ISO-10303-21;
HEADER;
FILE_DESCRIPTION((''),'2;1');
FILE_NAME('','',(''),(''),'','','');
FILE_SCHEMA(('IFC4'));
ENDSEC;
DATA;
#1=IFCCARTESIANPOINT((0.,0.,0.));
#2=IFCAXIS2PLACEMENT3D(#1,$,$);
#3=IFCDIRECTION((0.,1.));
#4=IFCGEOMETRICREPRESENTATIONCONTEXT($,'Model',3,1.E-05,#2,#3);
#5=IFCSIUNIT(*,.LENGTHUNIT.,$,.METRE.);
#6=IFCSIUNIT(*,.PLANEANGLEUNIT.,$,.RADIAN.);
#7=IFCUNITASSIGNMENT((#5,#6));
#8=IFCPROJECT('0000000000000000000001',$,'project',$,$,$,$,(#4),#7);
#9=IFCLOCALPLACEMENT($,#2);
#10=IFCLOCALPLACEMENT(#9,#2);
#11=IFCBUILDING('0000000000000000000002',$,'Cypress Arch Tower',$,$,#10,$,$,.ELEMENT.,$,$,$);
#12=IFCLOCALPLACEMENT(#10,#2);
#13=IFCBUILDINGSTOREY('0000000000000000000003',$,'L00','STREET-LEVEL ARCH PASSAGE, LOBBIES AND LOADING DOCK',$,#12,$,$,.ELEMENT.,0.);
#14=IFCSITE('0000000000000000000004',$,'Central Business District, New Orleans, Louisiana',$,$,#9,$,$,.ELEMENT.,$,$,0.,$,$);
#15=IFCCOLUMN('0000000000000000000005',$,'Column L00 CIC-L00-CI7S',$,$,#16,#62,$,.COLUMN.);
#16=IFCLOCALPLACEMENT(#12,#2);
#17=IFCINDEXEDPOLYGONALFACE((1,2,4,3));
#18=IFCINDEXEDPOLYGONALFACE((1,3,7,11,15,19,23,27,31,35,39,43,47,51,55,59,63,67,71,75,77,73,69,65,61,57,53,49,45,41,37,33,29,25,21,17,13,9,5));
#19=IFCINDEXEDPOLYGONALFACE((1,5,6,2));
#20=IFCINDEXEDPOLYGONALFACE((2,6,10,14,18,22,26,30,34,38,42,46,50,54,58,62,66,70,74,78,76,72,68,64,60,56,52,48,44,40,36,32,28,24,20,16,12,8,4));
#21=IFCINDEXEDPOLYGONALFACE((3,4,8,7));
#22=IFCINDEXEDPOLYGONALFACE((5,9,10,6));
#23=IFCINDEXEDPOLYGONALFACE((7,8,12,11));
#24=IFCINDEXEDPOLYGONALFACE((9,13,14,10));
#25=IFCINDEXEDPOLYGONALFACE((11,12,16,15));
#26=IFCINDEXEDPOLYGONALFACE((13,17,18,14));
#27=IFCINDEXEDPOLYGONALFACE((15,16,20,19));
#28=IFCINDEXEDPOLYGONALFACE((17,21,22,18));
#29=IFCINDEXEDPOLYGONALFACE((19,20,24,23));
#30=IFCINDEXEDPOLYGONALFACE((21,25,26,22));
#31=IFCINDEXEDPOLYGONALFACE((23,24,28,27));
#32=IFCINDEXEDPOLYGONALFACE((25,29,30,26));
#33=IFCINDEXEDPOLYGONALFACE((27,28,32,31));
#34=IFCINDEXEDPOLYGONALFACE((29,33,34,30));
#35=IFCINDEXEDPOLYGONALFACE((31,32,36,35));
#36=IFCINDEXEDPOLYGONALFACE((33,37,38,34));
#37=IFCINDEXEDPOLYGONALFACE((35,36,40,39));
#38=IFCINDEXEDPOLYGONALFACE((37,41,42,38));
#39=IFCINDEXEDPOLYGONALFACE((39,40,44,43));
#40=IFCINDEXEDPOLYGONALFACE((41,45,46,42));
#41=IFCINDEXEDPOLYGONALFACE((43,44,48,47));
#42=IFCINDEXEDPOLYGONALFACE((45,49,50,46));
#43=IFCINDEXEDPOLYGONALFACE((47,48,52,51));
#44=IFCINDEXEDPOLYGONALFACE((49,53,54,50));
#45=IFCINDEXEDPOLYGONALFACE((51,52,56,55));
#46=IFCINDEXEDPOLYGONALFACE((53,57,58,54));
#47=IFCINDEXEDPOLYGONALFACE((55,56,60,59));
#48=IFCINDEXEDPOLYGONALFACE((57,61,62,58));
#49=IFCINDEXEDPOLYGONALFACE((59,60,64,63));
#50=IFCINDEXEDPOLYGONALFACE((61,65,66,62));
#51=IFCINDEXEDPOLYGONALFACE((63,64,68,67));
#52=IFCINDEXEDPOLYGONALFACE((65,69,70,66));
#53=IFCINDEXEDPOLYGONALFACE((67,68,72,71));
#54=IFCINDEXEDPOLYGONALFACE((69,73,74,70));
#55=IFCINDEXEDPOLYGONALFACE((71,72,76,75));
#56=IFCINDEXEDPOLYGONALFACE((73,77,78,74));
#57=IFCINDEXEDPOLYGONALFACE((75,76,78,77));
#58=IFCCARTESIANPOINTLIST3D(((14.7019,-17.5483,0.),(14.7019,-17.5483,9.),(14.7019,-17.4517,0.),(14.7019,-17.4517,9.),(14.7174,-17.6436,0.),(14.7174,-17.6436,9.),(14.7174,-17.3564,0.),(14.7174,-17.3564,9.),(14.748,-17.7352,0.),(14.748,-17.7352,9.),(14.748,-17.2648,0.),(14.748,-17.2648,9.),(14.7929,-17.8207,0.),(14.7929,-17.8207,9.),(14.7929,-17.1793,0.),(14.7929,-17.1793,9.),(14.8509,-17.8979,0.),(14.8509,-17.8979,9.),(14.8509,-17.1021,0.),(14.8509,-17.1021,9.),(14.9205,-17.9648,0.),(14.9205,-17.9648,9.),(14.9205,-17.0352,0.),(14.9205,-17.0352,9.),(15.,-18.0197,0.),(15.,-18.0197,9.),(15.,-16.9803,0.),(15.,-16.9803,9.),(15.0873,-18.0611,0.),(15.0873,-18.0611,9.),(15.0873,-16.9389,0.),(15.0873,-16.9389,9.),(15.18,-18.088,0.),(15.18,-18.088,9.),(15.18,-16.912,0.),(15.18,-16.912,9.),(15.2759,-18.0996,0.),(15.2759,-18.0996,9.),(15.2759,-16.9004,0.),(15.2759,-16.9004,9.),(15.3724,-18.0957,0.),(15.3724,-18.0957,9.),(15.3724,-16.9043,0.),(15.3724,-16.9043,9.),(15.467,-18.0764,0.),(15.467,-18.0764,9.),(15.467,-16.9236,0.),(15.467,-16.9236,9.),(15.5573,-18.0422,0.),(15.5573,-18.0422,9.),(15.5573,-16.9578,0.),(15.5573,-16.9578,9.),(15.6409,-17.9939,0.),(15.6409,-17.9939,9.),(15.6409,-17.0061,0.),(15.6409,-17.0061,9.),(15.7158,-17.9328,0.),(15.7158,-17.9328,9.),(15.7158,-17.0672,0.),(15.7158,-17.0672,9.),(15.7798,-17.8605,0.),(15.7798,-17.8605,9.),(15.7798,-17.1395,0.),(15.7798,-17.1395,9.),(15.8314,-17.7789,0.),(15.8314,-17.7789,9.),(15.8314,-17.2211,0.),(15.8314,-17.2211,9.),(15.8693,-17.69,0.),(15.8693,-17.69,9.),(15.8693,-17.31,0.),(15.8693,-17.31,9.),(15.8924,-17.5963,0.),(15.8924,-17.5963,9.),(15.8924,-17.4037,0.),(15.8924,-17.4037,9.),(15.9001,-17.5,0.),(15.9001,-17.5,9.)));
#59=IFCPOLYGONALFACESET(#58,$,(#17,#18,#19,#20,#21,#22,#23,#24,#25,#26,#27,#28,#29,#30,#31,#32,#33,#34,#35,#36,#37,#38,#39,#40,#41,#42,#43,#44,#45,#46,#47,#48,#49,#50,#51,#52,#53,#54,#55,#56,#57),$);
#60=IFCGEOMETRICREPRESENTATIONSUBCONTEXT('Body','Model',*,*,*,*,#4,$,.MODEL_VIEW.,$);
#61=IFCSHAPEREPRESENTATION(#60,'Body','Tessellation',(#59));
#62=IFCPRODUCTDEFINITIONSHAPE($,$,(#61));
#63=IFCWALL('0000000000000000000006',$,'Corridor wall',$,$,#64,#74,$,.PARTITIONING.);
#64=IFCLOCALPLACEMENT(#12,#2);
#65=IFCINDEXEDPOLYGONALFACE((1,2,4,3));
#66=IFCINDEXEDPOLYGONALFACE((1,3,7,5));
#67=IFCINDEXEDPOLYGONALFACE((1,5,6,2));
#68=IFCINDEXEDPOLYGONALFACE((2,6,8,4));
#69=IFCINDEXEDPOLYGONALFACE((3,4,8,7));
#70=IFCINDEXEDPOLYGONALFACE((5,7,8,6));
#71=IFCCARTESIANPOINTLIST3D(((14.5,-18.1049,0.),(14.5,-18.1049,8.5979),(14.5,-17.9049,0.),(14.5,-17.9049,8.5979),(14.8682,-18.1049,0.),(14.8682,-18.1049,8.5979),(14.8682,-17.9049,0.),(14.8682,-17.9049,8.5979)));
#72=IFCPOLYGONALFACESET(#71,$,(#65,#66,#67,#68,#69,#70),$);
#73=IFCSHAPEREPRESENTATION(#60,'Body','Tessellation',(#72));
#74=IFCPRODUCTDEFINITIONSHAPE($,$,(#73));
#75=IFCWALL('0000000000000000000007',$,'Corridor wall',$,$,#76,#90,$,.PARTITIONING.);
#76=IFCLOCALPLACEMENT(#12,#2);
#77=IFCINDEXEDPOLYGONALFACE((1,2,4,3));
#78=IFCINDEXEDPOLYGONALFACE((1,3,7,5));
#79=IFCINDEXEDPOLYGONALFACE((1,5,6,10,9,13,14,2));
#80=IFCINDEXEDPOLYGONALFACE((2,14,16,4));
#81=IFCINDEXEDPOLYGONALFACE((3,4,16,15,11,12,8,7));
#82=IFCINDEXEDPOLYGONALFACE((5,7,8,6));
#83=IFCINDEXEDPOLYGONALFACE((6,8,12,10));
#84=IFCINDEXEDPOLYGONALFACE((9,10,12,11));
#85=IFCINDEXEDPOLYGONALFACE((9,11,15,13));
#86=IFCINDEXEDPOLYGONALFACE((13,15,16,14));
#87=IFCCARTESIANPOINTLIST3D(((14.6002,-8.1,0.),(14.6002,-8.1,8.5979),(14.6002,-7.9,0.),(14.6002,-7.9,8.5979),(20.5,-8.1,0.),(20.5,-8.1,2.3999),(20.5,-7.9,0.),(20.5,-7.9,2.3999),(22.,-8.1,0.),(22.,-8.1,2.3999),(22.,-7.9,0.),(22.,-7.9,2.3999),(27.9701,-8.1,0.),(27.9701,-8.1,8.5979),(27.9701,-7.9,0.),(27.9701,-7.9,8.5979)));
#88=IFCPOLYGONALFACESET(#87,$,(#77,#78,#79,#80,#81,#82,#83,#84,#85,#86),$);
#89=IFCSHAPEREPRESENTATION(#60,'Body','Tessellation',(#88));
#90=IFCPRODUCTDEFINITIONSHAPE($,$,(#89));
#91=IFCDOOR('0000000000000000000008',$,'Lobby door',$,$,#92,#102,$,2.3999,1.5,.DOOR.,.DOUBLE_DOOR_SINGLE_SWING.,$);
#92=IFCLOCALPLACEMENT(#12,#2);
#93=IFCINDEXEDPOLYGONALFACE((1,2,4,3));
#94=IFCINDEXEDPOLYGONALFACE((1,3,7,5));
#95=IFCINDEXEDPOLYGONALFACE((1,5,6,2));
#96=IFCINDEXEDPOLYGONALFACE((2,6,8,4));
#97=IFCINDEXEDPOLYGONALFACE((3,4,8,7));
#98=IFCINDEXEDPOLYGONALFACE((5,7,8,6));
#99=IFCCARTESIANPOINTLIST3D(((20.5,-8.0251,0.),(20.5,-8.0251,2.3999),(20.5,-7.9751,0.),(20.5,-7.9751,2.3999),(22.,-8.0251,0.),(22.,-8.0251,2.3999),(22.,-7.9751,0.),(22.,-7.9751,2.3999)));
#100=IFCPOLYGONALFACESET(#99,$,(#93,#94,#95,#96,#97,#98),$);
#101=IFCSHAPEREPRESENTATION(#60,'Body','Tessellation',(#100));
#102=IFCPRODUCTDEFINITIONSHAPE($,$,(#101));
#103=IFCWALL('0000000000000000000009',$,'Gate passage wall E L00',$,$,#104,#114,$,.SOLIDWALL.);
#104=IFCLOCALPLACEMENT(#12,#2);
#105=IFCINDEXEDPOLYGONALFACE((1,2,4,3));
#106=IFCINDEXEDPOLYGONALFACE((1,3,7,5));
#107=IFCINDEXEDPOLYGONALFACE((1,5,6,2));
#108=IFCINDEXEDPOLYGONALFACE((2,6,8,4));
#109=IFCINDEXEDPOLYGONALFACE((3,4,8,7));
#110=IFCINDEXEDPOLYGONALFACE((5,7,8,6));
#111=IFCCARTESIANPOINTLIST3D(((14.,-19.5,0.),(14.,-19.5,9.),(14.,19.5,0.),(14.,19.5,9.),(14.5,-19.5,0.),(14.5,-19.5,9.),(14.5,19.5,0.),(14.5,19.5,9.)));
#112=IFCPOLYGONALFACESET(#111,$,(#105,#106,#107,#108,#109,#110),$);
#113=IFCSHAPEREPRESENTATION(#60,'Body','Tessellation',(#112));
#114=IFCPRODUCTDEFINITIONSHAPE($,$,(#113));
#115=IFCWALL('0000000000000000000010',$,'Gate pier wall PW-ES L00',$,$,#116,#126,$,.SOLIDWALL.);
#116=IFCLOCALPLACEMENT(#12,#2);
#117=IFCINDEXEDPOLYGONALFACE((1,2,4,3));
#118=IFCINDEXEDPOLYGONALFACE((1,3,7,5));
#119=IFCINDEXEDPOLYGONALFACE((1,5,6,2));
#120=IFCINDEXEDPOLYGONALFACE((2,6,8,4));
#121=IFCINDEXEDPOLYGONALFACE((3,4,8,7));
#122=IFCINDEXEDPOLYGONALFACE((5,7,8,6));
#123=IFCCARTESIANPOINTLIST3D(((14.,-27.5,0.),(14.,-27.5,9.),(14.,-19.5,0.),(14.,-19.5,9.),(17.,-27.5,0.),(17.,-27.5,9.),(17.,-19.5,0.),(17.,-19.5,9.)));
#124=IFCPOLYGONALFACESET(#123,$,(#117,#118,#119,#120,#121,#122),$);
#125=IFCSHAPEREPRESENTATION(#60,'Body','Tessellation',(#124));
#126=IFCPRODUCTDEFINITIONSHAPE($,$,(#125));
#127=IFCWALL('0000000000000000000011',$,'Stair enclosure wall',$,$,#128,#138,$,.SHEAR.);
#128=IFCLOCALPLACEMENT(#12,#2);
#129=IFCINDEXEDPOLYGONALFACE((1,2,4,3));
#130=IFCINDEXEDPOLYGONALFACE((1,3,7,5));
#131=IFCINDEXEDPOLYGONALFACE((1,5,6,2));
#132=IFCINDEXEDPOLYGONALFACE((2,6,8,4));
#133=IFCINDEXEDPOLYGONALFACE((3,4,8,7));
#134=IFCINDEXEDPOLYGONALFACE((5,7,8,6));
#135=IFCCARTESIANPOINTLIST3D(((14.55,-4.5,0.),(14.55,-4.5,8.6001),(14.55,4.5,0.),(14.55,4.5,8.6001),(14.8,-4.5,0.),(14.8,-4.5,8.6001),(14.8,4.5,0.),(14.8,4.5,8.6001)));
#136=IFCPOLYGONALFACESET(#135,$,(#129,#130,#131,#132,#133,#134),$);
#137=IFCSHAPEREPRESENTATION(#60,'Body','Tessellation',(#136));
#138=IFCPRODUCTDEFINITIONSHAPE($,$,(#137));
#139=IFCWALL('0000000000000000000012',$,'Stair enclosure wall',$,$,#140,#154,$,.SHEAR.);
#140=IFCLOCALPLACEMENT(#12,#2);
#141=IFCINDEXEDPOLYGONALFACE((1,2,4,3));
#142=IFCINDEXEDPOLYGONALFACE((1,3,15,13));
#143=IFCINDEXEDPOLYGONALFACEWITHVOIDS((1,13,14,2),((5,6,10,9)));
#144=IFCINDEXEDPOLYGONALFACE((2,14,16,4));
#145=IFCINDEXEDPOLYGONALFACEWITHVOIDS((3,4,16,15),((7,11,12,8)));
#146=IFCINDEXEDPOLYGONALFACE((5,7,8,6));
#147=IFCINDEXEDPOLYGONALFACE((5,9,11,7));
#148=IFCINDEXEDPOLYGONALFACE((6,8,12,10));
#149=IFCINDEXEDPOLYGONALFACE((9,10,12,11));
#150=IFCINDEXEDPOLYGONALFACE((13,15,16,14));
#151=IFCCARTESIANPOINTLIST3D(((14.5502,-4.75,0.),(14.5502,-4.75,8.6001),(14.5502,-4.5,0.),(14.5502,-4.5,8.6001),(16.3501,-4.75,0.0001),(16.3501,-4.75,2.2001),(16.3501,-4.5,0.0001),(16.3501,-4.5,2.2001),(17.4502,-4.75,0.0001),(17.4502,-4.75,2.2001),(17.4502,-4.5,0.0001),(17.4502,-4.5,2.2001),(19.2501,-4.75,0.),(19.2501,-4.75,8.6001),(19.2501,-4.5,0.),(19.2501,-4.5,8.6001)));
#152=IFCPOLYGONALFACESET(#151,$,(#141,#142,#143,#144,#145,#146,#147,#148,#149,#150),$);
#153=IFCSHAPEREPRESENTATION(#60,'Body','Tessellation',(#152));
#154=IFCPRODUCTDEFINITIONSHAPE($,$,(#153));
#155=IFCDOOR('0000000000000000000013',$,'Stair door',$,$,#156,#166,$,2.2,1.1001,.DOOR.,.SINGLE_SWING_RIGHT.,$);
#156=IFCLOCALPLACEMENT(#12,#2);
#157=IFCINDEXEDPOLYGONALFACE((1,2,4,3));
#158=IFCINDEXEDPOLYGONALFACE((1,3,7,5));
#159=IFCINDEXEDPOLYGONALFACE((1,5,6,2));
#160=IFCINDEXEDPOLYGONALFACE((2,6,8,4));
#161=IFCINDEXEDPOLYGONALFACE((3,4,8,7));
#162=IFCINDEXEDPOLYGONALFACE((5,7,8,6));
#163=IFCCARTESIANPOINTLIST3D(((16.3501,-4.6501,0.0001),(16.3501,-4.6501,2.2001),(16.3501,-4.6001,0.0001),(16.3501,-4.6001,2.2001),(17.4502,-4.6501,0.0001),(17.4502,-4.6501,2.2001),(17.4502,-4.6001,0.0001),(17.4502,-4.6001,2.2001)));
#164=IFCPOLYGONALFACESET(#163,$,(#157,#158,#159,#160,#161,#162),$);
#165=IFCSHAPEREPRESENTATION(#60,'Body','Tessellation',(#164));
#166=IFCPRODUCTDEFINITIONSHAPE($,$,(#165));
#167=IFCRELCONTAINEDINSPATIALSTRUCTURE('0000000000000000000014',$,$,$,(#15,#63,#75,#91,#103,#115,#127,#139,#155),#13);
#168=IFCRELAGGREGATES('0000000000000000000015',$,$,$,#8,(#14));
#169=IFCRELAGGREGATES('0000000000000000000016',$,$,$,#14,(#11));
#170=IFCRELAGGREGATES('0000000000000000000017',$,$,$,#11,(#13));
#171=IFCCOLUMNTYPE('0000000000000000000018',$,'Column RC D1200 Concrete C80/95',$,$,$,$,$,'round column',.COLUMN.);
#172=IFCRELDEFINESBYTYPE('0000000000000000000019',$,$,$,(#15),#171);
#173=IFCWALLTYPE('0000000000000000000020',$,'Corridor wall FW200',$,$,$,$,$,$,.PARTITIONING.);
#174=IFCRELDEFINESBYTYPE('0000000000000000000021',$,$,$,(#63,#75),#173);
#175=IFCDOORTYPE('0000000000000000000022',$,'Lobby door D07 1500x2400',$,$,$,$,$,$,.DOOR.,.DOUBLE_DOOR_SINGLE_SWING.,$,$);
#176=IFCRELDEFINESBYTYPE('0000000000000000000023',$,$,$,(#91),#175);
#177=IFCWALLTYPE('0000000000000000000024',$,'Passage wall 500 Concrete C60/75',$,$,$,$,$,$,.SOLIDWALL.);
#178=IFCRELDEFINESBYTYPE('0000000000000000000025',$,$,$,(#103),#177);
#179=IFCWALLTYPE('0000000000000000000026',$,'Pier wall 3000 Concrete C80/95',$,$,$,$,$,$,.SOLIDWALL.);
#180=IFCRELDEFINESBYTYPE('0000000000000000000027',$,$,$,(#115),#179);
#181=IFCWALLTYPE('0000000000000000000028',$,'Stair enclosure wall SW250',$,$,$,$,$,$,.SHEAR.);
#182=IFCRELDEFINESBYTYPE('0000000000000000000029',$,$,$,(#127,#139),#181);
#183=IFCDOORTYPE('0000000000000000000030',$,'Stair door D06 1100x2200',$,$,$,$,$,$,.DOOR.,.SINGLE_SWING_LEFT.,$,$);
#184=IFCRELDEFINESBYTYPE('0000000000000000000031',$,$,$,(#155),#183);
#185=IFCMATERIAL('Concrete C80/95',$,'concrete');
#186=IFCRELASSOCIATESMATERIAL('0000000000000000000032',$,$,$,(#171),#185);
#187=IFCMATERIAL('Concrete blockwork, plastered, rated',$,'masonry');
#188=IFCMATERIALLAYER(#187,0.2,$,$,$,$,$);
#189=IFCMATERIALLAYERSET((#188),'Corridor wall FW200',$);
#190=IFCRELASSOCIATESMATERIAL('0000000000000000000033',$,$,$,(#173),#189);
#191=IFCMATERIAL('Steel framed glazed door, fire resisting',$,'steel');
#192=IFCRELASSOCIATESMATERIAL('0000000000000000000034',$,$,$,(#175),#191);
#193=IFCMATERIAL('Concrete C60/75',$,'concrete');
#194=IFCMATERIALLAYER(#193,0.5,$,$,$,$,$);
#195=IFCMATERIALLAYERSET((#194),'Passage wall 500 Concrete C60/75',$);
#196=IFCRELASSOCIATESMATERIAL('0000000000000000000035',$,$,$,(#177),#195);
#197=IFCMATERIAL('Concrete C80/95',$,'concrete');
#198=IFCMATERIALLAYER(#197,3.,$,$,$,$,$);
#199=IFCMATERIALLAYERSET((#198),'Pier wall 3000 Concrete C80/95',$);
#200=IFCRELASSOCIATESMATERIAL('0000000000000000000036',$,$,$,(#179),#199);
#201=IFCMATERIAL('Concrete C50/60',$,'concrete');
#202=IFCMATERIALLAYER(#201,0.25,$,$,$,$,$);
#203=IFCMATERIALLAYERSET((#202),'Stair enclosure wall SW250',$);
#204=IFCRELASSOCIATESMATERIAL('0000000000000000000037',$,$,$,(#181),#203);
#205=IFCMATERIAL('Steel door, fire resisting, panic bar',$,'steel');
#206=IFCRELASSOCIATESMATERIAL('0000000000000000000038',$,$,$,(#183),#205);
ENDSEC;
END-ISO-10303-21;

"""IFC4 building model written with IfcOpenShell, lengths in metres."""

from ifc_helpers import new_model, si_unit, direction, frame, frame_2d, origin, origin_2d, place, context, subcontext, project, spatial, rectangle, circle, extrude, material, layer, layer_set, material_profile, profile_set, type_object, element, fill, save


model = new_model("IFC4")

# Units and contexts
model_context = context("Model", 3, precision=1e-05, world=origin(), true_north=direction((0.0, 1.0)))
body_context = subcontext(model_context, "Body", "Model", "MODEL_VIEW")
ifc_project = project(units=[si_unit("LENGTHUNIT", "METRE"), si_unit("PLANEANGLEUNIT", "RADIAN")], contexts=[model_context])

# Site, building, storey
site_placement = place(None, origin())
site = spatial("IfcSite", under=ifc_project, at=site_placement, Name="Central Business District, New Orleans, Louisiana", CompositionType="ELEMENT", RefElevation=0.0)
building_placement = place(site_placement, origin())
building = spatial("IfcBuilding", under=site, at=building_placement, Name="Cypress Arch Tower", CompositionType="ELEMENT")
storey_placement = place(building_placement, origin())
storey = spatial("IfcBuildingStorey", under=building, at=storey_placement, Name="L00", Description="STREET-LEVEL ARCH PASSAGE, LOBBIES AND LOADING DOCK", CompositionType="ELEMENT", Elevation=0.0)

# Column
ifc_material_1 = material(Name="Concrete C80/95", Category="concrete")
ifc_material_profile_1 = material_profile(ifc_material_1, circle(Radius=0.6001, at=origin_2d()), Name="RC D1200")
ifc_profile_set_1 = profile_set([ifc_material_profile_1], Name="Concrete C80/95")
column_type = type_object("IfcColumnType", Name="Column RC D1200 Concrete C80/95", ElementType="round column", PredefinedType="COLUMN", material=ifc_profile_set_1)
column_placement = place(storey_placement, frame((15.3, -17.5, 0.0), z_axis=(0.0, 0.0, 1.0), x_axis=(1.0, 0.0, 0.0)))
element("IfcColumn", 1, at=column_placement, inside=storey, type_object=column_type, Name="Column L00 CIC-L00-CI7S", PredefinedType="COLUMN", context=body_context, shape_type="SweptSolid", body=[
    extrude(circle(Radius=0.6001, at=origin_2d()), origin(), (0.0, 0.0, 1.0), 9.0),
])

# Wall
ifc_material_2 = material(Name="Concrete blockwork, plastered, rated", Category="masonry")
ifc_layer_1 = layer(ifc_material_2, 0.2)
ifc_layer_set_1 = layer_set([ifc_layer_1], Name="Corridor wall FW200")
wall_type_1 = type_object("IfcWallType", Name="Corridor wall FW200", PredefinedType="PARTITIONING", material=ifc_layer_set_1)
wall_1_placement = place(storey_placement, frame((14.5, -18.0049, 0.0), z_axis=(0.0, 0.0, 1.0), x_axis=(1.0, 0.0, 0.0)))
element("IfcWall", 2, at=wall_1_placement, inside=storey, type_object=wall_type_1, Name="Corridor wall", PredefinedType="PARTITIONING", context=body_context, shape_type="SweptSolid", body=[
    extrude(rectangle(XDim=0.3682, YDim=0.2, at=frame_2d((0.1841, 0.0))), origin(), (0.0, 0.0, 1.0), 8.5979),
])

# Wall, opening, door
wall_2_placement = place(storey_placement, frame((14.6001, -8.0, 0.0), z_axis=(0.0, 0.0, 1.0), x_axis=(1.0, 0.0, 0.0)))
wall_2 = element("IfcWall", 3, at=wall_2_placement, inside=storey, type_object=wall_type_1, Name="Corridor wall", PredefinedType="PARTITIONING", context=body_context, shape_type="SweptSolid", body=[
    extrude(rectangle(XDim=13.3699, YDim=0.2, at=frame_2d((6.6851, 0.0))), origin(), (0.0, 0.0, 1.0), 8.5979),
])
opening_1_placement = place(wall_2_placement, frame((5.8999, 0.0, 0.0)))
opening_1 = element("IfcOpeningElement", 4, at=opening_1_placement, cuts=wall_2, PredefinedType="OPENING", context=body_context, shape_type="SweptSolid", body=[
    extrude(rectangle(XDim=1.5, YDim=2.3999, at=frame_2d((0.75, 1.2))), frame((0.0, 0.1099, 0.0), z_axis=(0.0, -1.0, 0.0), x_axis=(1.0, 0.0, 0.0)), (0.0, 0.0, 1.0), 0.22),
])
ifc_material_3 = material(Name="Steel framed glazed door, fire resisting", Category="steel")
door_type_1 = type_object("IfcDoorType", Name="Lobby door D07 1500x2400", OperationType="DOUBLE_DOOR_SINGLE_SWING", PredefinedType="DOOR", material=ifc_material_3)
door_1_placement = place(opening_1_placement, origin())
door_1 = element("IfcDoor", 5, at=door_1_placement, inside=storey, type_object=door_type_1, Name="Lobby door", OperationType="DOUBLE_DOOR_SINGLE_SWING", OverallHeight=2.3999, OverallWidth=1.5, PredefinedType="DOOR", context=body_context, shape_type="SweptSolid", body=[
    extrude(rectangle(XDim=1.5, YDim=2.3999, at=frame_2d((0.75, 1.2))), frame((0.0, 0.0249, 0.0), z_axis=(0.0, -1.0, 0.0), x_axis=(1.0, 0.0, 0.0)), (0.0, 0.0, 1.0), 0.05),
])
fill(opening_1, door_1)

# Walls
ifc_material_4 = material(Name="Concrete C60/75", Category="concrete")
ifc_layer_2 = layer(ifc_material_4, 0.5)
ifc_layer_set_2 = layer_set([ifc_layer_2], Name="Passage wall 500 Concrete C60/75")
wall_type_2 = type_object("IfcWallType", Name="Passage wall 500 Concrete C60/75", PredefinedType="SOLIDWALL", material=ifc_layer_set_2)
wall_3_placement = place(storey_placement, frame((14.25, -19.5, 0.0), z_axis=(0.0, 0.0, 1.0), x_axis=(0.0, 1.0, 0.0)))
element("IfcWall", 6, at=wall_3_placement, inside=storey, type_object=wall_type_2, Name="Gate passage wall E L00", PredefinedType="SOLIDWALL", context=body_context, shape_type="SweptSolid", body=[
    extrude(rectangle(XDim=39.0, YDim=0.5, at=frame_2d((19.5, 0.0))), origin(), (0.0, 0.0, 1.0), 9.0),
])
ifc_material_5 = material(Name="Concrete C80/95", Category="concrete")
ifc_layer_3 = layer(ifc_material_5, 3.0)
ifc_layer_set_3 = layer_set([ifc_layer_3], Name="Pier wall 3000 Concrete C80/95")
wall_type_3 = type_object("IfcWallType", Name="Pier wall 3000 Concrete C80/95", PredefinedType="SOLIDWALL", material=ifc_layer_set_3)
wall_4_placement = place(storey_placement, frame((15.5, -27.5, 0.0), z_axis=(0.0, 0.0, 1.0), x_axis=(0.0, 1.0, 0.0)))
element("IfcWall", 7, at=wall_4_placement, inside=storey, type_object=wall_type_3, Name="Gate pier wall PW-ES L00", PredefinedType="SOLIDWALL", context=body_context, shape_type="SweptSolid", body=[
    extrude(rectangle(XDim=8.0, YDim=3.0, at=frame_2d((4.0, 0.0))), origin(), (0.0, 0.0, 1.0), 9.0),
])
ifc_material_6 = material(Name="Concrete C50/60", Category="concrete")
ifc_layer_4 = layer(ifc_material_6, 0.25)
ifc_layer_set_4 = layer_set([ifc_layer_4], Name="Stair enclosure wall SW250")
wall_type_4 = type_object("IfcWallType", Name="Stair enclosure wall SW250", PredefinedType="SHEAR", material=ifc_layer_set_4)
wall_5_placement = place(storey_placement, frame((14.675, -4.5, 0.0), z_axis=(0.0, 0.0, 1.0), x_axis=(0.0, 1.0, 0.0)))
element("IfcWall", 8, at=wall_5_placement, inside=storey, type_object=wall_type_4, Name="Stair enclosure wall", PredefinedType="SHEAR", context=body_context, shape_type="SweptSolid", body=[
    extrude(rectangle(XDim=9.0, YDim=0.25, at=frame_2d((4.5, 0.0))), origin(), (0.0, 0.0, 1.0), 8.6001),
])

# Wall, opening, door
wall_6_placement = place(storey_placement, frame((14.55, -4.625, 0.0), z_axis=(0.0, 0.0, 1.0), x_axis=(1.0, 0.0, 0.0)))
wall_6 = element("IfcWall", 9, at=wall_6_placement, inside=storey, type_object=wall_type_4, Name="Stair enclosure wall", PredefinedType="SHEAR", context=body_context, shape_type="SweptSolid", body=[
    extrude(rectangle(XDim=4.7, YDim=0.25, at=frame_2d((2.3501, 0.0))), origin(), (0.0, 0.0, 1.0), 8.6001),
])
opening_2_placement = place(wall_6_placement, frame((1.8, 0.0, 0.0)))
opening_2 = element("IfcOpeningElement", 10, at=opening_2_placement, cuts=wall_6, PredefinedType="OPENING", context=body_context, shape_type="SweptSolid", body=[
    extrude(rectangle(XDim=1.1001, YDim=2.2, at=frame_2d((0.55, 1.1001))), frame((0.0, 0.135, 0.0), z_axis=(0.0, -1.0, 0.0), x_axis=(1.0, 0.0, 0.0)), (0.0, 0.0, 1.0), 0.27),
])
ifc_material_7 = material(Name="Steel door, fire resisting, panic bar", Category="steel")
door_type_2 = type_object("IfcDoorType", Name="Stair door D06 1100x2200", OperationType="SINGLE_SWING_LEFT", PredefinedType="DOOR", material=ifc_material_7)
door_2_placement = place(opening_2_placement, origin())
door_2 = element("IfcDoor", 11, at=door_2_placement, inside=storey, type_object=door_type_2, Name="Stair door", OperationType="SINGLE_SWING_RIGHT", OverallHeight=2.2, OverallWidth=1.1001, PredefinedType="DOOR", context=body_context, shape_type="SweptSolid", body=[
    extrude(rectangle(XDim=1.1001, YDim=2.2, at=frame_2d((0.55, 1.1001))), frame((0.0, 0.0249, 0.0), z_axis=(0.0, -1.0, 0.0), x_axis=(1.0, 0.0, 0.0)), (0.0, 0.0, 1.0), 0.05),
])
fill(opening_2, door_2)

save(model, "model.ifc")
